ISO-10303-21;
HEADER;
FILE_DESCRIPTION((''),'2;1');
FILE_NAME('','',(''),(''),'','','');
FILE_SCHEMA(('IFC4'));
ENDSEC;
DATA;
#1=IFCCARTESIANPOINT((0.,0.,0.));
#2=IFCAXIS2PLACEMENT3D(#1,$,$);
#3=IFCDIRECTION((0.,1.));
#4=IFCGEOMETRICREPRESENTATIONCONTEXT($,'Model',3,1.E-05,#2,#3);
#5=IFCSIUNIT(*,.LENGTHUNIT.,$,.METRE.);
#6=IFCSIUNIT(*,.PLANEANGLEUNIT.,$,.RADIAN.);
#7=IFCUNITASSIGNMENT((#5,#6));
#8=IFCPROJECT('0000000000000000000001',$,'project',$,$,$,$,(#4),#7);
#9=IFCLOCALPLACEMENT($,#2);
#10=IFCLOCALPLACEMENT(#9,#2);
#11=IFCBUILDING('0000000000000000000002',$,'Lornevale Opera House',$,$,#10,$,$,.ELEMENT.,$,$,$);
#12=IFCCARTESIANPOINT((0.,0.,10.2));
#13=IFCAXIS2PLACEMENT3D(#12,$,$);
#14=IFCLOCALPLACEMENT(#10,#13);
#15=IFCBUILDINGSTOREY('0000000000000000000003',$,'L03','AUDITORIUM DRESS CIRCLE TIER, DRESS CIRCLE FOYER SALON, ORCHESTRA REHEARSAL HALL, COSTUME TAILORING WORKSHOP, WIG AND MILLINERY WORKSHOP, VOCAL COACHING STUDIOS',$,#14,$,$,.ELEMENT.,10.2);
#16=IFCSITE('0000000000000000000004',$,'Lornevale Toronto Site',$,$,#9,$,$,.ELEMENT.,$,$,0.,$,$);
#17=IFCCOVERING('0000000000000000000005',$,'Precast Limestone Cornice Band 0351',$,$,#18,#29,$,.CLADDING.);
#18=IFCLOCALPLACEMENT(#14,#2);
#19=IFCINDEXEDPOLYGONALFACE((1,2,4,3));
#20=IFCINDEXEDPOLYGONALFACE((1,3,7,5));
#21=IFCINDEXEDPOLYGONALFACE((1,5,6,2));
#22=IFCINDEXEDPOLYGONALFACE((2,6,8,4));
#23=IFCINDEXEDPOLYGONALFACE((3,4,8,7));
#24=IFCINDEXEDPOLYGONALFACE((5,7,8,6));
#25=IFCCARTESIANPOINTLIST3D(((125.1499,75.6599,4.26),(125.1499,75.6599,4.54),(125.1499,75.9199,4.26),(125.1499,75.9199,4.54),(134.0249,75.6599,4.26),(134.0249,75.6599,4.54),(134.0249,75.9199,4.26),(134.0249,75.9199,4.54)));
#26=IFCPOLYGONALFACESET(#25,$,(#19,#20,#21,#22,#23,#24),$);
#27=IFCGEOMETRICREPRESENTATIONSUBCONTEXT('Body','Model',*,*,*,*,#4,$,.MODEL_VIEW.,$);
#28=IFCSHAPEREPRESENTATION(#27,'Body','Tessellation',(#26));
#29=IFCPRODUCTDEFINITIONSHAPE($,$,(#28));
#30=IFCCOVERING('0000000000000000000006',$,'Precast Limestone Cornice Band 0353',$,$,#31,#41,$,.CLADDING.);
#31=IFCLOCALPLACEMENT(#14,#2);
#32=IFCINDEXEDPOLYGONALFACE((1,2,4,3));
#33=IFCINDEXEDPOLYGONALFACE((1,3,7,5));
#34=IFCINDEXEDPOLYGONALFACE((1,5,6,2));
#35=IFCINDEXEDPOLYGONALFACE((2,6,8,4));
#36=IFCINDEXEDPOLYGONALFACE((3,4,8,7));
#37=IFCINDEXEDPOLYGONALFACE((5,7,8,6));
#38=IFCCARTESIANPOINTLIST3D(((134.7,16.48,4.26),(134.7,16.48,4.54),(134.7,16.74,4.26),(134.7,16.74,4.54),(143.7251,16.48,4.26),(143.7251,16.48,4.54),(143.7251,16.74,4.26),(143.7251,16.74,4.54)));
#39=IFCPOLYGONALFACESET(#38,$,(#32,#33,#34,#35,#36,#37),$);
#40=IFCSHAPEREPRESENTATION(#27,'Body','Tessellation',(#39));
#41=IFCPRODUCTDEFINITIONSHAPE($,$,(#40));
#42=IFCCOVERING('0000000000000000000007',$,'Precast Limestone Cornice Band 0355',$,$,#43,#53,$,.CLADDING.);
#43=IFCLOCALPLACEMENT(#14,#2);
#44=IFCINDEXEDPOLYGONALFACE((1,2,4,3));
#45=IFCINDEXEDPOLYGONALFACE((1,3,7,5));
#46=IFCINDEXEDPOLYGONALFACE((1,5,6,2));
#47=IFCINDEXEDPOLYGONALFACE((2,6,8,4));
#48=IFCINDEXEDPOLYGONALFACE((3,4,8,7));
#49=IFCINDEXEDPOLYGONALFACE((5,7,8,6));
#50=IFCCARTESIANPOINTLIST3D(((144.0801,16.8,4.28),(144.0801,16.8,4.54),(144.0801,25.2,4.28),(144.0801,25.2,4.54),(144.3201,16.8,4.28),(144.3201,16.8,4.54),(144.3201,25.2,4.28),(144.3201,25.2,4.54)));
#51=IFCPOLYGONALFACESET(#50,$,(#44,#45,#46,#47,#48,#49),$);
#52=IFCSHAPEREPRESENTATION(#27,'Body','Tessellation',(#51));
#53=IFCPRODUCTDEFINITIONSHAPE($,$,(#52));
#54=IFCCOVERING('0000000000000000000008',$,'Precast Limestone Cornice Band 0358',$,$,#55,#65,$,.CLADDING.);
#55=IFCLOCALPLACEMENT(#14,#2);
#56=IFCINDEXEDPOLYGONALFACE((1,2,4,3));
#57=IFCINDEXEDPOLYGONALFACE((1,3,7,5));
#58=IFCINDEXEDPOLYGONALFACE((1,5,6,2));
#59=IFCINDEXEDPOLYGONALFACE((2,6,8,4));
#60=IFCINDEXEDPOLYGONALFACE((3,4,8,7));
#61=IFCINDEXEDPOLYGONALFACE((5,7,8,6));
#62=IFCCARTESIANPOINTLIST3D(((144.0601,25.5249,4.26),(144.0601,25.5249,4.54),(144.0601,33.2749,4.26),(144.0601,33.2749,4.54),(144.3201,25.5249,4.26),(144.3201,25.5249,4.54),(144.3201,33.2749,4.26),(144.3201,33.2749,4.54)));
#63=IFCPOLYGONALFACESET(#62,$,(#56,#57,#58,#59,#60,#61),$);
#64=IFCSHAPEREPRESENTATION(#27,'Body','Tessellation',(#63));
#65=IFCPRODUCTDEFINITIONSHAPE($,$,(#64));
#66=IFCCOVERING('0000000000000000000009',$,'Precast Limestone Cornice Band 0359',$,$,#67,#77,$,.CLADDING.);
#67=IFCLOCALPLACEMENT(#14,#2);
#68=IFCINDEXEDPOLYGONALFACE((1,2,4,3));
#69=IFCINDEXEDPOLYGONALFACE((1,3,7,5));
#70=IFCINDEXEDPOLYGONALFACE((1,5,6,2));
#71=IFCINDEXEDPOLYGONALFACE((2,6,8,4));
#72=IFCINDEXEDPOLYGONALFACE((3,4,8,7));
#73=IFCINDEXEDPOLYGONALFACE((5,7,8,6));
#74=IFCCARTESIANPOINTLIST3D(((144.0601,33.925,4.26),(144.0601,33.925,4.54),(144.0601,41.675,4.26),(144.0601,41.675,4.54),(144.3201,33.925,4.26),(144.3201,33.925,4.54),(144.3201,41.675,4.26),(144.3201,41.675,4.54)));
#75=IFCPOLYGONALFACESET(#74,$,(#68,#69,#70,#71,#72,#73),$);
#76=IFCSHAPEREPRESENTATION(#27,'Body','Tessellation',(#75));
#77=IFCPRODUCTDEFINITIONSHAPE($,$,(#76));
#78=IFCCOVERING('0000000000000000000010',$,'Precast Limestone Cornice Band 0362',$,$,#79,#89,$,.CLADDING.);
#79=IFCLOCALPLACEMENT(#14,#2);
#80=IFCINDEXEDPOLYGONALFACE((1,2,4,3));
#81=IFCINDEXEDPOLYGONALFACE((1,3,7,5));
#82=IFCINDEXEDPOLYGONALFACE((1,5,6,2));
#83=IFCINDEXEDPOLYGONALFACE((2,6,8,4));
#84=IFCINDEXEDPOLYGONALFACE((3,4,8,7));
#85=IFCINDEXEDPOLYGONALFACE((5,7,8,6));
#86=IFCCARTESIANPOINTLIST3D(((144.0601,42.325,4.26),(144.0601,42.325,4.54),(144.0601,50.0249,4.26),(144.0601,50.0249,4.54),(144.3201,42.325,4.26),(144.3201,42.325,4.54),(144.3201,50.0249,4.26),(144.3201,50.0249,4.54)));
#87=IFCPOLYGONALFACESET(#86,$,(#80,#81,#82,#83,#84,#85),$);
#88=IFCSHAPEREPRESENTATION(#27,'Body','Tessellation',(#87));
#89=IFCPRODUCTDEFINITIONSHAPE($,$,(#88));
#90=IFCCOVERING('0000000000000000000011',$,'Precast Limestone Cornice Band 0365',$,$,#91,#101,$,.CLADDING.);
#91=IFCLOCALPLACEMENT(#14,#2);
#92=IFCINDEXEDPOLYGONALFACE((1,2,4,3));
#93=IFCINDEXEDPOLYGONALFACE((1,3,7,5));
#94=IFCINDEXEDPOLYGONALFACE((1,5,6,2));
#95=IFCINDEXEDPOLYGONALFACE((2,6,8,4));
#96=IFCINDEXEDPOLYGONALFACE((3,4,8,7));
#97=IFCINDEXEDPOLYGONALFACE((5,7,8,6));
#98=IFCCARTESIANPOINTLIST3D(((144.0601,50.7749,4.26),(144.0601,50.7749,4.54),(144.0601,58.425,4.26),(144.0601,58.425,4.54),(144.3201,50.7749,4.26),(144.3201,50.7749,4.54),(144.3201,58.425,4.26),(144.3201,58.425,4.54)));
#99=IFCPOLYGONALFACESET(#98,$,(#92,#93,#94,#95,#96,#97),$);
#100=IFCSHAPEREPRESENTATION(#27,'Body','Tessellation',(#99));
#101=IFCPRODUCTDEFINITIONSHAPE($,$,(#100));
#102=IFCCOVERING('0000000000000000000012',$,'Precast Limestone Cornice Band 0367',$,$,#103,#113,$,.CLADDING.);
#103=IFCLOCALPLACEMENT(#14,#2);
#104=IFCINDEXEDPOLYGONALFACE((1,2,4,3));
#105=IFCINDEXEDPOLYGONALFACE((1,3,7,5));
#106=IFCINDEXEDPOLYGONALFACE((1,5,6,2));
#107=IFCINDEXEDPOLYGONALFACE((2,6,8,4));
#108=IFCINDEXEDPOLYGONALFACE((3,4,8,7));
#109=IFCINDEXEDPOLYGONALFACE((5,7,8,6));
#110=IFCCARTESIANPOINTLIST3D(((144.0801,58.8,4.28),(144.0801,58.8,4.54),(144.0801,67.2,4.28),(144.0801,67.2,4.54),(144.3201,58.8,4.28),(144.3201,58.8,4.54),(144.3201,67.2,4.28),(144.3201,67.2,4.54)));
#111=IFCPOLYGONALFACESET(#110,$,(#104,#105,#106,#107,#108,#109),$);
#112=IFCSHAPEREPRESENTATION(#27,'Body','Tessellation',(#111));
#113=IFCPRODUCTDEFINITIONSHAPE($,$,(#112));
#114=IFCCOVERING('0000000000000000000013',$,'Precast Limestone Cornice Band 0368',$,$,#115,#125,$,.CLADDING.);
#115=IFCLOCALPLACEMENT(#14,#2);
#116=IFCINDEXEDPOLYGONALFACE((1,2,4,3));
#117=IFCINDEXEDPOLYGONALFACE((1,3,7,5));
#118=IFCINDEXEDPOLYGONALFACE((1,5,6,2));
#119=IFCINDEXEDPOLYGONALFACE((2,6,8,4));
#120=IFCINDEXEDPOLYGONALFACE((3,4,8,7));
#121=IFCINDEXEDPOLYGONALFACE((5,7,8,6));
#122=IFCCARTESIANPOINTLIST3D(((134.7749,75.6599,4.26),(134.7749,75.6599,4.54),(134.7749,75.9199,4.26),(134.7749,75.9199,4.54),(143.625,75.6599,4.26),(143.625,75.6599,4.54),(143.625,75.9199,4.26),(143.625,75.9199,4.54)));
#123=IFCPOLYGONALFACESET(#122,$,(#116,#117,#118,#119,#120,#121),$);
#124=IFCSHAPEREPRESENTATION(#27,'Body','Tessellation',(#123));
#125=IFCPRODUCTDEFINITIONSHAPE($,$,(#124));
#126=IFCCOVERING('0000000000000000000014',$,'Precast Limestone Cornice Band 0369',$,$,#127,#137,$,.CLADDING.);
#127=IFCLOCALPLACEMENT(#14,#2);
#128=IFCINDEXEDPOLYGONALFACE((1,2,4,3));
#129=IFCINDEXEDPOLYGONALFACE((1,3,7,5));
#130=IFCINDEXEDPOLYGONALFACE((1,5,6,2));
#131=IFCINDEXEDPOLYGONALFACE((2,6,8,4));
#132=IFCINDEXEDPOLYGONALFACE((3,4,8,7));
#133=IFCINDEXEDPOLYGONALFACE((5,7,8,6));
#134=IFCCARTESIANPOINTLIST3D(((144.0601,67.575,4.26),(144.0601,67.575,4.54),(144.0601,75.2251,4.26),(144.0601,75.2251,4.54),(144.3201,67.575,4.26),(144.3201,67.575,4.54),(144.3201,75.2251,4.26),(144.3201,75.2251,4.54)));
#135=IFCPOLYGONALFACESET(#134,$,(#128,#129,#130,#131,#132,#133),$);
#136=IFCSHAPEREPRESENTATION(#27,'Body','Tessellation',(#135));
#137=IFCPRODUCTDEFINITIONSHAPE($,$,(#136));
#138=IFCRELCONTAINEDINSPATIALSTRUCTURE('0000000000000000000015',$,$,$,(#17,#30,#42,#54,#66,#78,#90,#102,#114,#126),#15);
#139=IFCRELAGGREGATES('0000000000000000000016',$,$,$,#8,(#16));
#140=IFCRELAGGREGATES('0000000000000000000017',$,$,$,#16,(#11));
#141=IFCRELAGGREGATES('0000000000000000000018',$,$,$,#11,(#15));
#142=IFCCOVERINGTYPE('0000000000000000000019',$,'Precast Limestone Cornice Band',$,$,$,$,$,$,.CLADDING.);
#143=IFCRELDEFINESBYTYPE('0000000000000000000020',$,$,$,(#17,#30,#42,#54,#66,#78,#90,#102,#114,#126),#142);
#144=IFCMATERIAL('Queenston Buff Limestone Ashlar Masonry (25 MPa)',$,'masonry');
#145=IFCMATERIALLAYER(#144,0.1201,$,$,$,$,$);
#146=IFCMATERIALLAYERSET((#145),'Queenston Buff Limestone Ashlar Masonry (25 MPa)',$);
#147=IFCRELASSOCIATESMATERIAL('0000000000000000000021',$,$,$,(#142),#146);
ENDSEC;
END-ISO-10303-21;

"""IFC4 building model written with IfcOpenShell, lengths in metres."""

from ifc_helpers import new_model, si_unit, direction, frame, origin, place, context, subcontext, project, spatial, polyline, outline, extrude, material, layer, layer_set, type_object, element, save


model = new_model("IFC4")

# Units and contexts
model_context = context("Model", 3, precision=1e-05, world=origin(), true_north=direction((0.0, 1.0)))
body_context = subcontext(model_context, "Body", "Model", "MODEL_VIEW")
ifc_project = project(units=[si_unit("LENGTHUNIT", "METRE"), si_unit("PLANEANGLEUNIT", "RADIAN")], contexts=[model_context])

# Site, building, storey
site_placement = place(None, origin())
site = spatial("IfcSite", under=ifc_project, at=site_placement, Name="Lornevale Toronto Site", CompositionType="ELEMENT", RefElevation=0.0)
building_placement = place(site_placement, origin())
building = spatial("IfcBuilding", under=site, at=building_placement, Name="Lornevale Opera House", CompositionType="ELEMENT")
storey_placement = place(building_placement, frame((0.0, 0.0, 10.2)))
storey = spatial("IfcBuildingStorey", under=building, at=storey_placement, Name="L03", Description="AUDITORIUM DRESS CIRCLE TIER, DRESS CIRCLE FOYER SALON, ORCHESTRA REHEARSAL HALL, COSTUME TAILORING WORKSHOP, WIG AND MILLINERY WORKSHOP, VOCAL COACHING STUDIOS", CompositionType="ELEMENT", Elevation=10.2)

# Coverings
ifc_material_1 = material(Name="Queenston Buff Limestone Ashlar Masonry (25 MPa)", Category="masonry")
ifc_layer_1 = layer(ifc_material_1, 0.1201)
ifc_layer_set_1 = layer_set([ifc_layer_1], Name="Queenston Buff Limestone Ashlar Masonry (25 MPa)")
covering_type_1 = type_object("IfcCoveringType", Name="Precast Limestone Cornice Band", PredefinedType="CLADDING", material=ifc_layer_set_1)
covering_1_placement = place(storey_placement, frame((0.0, 0.0, 4.26)))
element("IfcCovering", 1, at=covering_1_placement, inside=storey, type_object=covering_type_1, Name="Precast Limestone Cornice Band 0351", PredefinedType="CLADDING", context=body_context, shape_type="SweptSolid", body=[
    extrude(outline(polyline([(125.1499, 75.6599), (134.0249, 75.6599), (134.0249, 75.9199), (125.1499, 75.9199), (125.1499, 75.6599)])), origin(), (0.0, 0.0, 1.0), 0.28),
])
covering_2_placement = place(storey_placement, frame((0.0, 0.0, 4.26)))
element("IfcCovering", 2, at=covering_2_placement, inside=storey, type_object=covering_type_1, Name="Precast Limestone Cornice Band 0353", PredefinedType="CLADDING", context=body_context, shape_type="SweptSolid", body=[
    extrude(outline(polyline([(143.7251, 16.74), (134.7, 16.74), (134.7, 16.48), (143.7251, 16.48), (143.7251, 16.74)])), origin(), (0.0, 0.0, 1.0), 0.28),
])
covering_3_placement = place(storey_placement, frame((0.0, 0.0, 4.28)))
element("IfcCovering", 3, at=covering_3_placement, inside=storey, type_object=covering_type_1, Name="Precast Limestone Cornice Band 0355", PredefinedType="CLADDING", context=body_context, shape_type="SweptSolid", body=[
    extrude(outline(polyline([(144.0801, 25.2), (144.0801, 16.8), (144.3201, 16.8), (144.3201, 25.2), (144.0801, 25.2)])), origin(), (0.0, 0.0, 1.0), 0.26),
])
covering_4_placement = place(storey_placement, frame((0.0, 0.0, 4.26)))
element("IfcCovering", 4, at=covering_4_placement, inside=storey, type_object=covering_type_1, Name="Precast Limestone Cornice Band 0358", PredefinedType="CLADDING", context=body_context, shape_type="SweptSolid", body=[
    extrude(outline(polyline([(144.0601, 33.2749), (144.0601, 25.5249), (144.3201, 25.5249), (144.3201, 33.2749), (144.0601, 33.2749)])), origin(), (0.0, 0.0, 1.0), 0.28),
])
covering_5_placement = place(storey_placement, frame((0.0, 0.0, 4.26)))
element("IfcCovering", 5, at=covering_5_placement, inside=storey, type_object=covering_type_1, Name="Precast Limestone Cornice Band 0359", PredefinedType="CLADDING", context=body_context, shape_type="SweptSolid", body=[
    extrude(outline(polyline([(144.0601, 41.675), (144.0601, 33.925), (144.3201, 33.925), (144.3201, 41.675), (144.0601, 41.675)])), origin(), (0.0, 0.0, 1.0), 0.28),
])
covering_6_placement = place(storey_placement, frame((0.0, 0.0, 4.26)))
element("IfcCovering", 6, at=covering_6_placement, inside=storey, type_object=covering_type_1, Name="Precast Limestone Cornice Band 0362", PredefinedType="CLADDING", context=body_context, shape_type="SweptSolid", body=[
    extrude(outline(polyline([(144.0601, 50.0249), (144.0601, 42.325), (144.3201, 42.325), (144.3201, 50.0249), (144.0601, 50.0249)])), origin(), (0.0, 0.0, 1.0), 0.28),
])
covering_7_placement = place(storey_placement, frame((0.0, 0.0, 4.26)))
element("IfcCovering", 7, at=covering_7_placement, inside=storey, type_object=covering_type_1, Name="Precast Limestone Cornice Band 0365", PredefinedType="CLADDING", context=body_context, shape_type="SweptSolid", body=[
    extrude(outline(polyline([(144.0601, 58.425), (144.0601, 50.7749), (144.3201, 50.7749), (144.3201, 58.425), (144.0601, 58.425)])), origin(), (0.0, 0.0, 1.0), 0.28),
])
covering_8_placement = place(storey_placement, frame((0.0, 0.0, 4.28)))
element("IfcCovering", 8, at=covering_8_placement, inside=storey, type_object=covering_type_1, Name="Precast Limestone Cornice Band 0367", PredefinedType="CLADDING", context=body_context, shape_type="SweptSolid", body=[
    extrude(outline(polyline([(144.0801, 67.2), (144.0801, 58.8), (144.3201, 58.8), (144.3201, 67.2), (144.0801, 67.2)])), origin(), (0.0, 0.0, 1.0), 0.26),
])
covering_9_placement = place(storey_placement, frame((0.0, 0.0, 4.26)))
element("IfcCovering", 9, at=covering_9_placement, inside=storey, type_object=covering_type_1, Name="Precast Limestone Cornice Band 0368", PredefinedType="CLADDING", context=body_context, shape_type="SweptSolid", body=[
    extrude(outline(polyline([(134.7749, 75.6599), (143.625, 75.6599), (143.625, 75.9199), (134.7749, 75.9199), (134.7749, 75.6599)])), origin(), (0.0, 0.0, 1.0), 0.28),
])
covering_10_placement = place(storey_placement, frame((0.0, 0.0, 4.26)))
element("IfcCovering", 10, at=covering_10_placement, inside=storey, type_object=covering_type_1, Name="Precast Limestone Cornice Band 0369", PredefinedType="CLADDING", context=body_context, shape_type="SweptSolid", body=[
    extrude(outline(polyline([(144.0601, 75.2251), (144.0601, 67.575), (144.3201, 67.575), (144.3201, 75.2251), (144.0601, 75.2251)])), origin(), (0.0, 0.0, 1.0), 0.28),
])

save(model, "model.ifc")
